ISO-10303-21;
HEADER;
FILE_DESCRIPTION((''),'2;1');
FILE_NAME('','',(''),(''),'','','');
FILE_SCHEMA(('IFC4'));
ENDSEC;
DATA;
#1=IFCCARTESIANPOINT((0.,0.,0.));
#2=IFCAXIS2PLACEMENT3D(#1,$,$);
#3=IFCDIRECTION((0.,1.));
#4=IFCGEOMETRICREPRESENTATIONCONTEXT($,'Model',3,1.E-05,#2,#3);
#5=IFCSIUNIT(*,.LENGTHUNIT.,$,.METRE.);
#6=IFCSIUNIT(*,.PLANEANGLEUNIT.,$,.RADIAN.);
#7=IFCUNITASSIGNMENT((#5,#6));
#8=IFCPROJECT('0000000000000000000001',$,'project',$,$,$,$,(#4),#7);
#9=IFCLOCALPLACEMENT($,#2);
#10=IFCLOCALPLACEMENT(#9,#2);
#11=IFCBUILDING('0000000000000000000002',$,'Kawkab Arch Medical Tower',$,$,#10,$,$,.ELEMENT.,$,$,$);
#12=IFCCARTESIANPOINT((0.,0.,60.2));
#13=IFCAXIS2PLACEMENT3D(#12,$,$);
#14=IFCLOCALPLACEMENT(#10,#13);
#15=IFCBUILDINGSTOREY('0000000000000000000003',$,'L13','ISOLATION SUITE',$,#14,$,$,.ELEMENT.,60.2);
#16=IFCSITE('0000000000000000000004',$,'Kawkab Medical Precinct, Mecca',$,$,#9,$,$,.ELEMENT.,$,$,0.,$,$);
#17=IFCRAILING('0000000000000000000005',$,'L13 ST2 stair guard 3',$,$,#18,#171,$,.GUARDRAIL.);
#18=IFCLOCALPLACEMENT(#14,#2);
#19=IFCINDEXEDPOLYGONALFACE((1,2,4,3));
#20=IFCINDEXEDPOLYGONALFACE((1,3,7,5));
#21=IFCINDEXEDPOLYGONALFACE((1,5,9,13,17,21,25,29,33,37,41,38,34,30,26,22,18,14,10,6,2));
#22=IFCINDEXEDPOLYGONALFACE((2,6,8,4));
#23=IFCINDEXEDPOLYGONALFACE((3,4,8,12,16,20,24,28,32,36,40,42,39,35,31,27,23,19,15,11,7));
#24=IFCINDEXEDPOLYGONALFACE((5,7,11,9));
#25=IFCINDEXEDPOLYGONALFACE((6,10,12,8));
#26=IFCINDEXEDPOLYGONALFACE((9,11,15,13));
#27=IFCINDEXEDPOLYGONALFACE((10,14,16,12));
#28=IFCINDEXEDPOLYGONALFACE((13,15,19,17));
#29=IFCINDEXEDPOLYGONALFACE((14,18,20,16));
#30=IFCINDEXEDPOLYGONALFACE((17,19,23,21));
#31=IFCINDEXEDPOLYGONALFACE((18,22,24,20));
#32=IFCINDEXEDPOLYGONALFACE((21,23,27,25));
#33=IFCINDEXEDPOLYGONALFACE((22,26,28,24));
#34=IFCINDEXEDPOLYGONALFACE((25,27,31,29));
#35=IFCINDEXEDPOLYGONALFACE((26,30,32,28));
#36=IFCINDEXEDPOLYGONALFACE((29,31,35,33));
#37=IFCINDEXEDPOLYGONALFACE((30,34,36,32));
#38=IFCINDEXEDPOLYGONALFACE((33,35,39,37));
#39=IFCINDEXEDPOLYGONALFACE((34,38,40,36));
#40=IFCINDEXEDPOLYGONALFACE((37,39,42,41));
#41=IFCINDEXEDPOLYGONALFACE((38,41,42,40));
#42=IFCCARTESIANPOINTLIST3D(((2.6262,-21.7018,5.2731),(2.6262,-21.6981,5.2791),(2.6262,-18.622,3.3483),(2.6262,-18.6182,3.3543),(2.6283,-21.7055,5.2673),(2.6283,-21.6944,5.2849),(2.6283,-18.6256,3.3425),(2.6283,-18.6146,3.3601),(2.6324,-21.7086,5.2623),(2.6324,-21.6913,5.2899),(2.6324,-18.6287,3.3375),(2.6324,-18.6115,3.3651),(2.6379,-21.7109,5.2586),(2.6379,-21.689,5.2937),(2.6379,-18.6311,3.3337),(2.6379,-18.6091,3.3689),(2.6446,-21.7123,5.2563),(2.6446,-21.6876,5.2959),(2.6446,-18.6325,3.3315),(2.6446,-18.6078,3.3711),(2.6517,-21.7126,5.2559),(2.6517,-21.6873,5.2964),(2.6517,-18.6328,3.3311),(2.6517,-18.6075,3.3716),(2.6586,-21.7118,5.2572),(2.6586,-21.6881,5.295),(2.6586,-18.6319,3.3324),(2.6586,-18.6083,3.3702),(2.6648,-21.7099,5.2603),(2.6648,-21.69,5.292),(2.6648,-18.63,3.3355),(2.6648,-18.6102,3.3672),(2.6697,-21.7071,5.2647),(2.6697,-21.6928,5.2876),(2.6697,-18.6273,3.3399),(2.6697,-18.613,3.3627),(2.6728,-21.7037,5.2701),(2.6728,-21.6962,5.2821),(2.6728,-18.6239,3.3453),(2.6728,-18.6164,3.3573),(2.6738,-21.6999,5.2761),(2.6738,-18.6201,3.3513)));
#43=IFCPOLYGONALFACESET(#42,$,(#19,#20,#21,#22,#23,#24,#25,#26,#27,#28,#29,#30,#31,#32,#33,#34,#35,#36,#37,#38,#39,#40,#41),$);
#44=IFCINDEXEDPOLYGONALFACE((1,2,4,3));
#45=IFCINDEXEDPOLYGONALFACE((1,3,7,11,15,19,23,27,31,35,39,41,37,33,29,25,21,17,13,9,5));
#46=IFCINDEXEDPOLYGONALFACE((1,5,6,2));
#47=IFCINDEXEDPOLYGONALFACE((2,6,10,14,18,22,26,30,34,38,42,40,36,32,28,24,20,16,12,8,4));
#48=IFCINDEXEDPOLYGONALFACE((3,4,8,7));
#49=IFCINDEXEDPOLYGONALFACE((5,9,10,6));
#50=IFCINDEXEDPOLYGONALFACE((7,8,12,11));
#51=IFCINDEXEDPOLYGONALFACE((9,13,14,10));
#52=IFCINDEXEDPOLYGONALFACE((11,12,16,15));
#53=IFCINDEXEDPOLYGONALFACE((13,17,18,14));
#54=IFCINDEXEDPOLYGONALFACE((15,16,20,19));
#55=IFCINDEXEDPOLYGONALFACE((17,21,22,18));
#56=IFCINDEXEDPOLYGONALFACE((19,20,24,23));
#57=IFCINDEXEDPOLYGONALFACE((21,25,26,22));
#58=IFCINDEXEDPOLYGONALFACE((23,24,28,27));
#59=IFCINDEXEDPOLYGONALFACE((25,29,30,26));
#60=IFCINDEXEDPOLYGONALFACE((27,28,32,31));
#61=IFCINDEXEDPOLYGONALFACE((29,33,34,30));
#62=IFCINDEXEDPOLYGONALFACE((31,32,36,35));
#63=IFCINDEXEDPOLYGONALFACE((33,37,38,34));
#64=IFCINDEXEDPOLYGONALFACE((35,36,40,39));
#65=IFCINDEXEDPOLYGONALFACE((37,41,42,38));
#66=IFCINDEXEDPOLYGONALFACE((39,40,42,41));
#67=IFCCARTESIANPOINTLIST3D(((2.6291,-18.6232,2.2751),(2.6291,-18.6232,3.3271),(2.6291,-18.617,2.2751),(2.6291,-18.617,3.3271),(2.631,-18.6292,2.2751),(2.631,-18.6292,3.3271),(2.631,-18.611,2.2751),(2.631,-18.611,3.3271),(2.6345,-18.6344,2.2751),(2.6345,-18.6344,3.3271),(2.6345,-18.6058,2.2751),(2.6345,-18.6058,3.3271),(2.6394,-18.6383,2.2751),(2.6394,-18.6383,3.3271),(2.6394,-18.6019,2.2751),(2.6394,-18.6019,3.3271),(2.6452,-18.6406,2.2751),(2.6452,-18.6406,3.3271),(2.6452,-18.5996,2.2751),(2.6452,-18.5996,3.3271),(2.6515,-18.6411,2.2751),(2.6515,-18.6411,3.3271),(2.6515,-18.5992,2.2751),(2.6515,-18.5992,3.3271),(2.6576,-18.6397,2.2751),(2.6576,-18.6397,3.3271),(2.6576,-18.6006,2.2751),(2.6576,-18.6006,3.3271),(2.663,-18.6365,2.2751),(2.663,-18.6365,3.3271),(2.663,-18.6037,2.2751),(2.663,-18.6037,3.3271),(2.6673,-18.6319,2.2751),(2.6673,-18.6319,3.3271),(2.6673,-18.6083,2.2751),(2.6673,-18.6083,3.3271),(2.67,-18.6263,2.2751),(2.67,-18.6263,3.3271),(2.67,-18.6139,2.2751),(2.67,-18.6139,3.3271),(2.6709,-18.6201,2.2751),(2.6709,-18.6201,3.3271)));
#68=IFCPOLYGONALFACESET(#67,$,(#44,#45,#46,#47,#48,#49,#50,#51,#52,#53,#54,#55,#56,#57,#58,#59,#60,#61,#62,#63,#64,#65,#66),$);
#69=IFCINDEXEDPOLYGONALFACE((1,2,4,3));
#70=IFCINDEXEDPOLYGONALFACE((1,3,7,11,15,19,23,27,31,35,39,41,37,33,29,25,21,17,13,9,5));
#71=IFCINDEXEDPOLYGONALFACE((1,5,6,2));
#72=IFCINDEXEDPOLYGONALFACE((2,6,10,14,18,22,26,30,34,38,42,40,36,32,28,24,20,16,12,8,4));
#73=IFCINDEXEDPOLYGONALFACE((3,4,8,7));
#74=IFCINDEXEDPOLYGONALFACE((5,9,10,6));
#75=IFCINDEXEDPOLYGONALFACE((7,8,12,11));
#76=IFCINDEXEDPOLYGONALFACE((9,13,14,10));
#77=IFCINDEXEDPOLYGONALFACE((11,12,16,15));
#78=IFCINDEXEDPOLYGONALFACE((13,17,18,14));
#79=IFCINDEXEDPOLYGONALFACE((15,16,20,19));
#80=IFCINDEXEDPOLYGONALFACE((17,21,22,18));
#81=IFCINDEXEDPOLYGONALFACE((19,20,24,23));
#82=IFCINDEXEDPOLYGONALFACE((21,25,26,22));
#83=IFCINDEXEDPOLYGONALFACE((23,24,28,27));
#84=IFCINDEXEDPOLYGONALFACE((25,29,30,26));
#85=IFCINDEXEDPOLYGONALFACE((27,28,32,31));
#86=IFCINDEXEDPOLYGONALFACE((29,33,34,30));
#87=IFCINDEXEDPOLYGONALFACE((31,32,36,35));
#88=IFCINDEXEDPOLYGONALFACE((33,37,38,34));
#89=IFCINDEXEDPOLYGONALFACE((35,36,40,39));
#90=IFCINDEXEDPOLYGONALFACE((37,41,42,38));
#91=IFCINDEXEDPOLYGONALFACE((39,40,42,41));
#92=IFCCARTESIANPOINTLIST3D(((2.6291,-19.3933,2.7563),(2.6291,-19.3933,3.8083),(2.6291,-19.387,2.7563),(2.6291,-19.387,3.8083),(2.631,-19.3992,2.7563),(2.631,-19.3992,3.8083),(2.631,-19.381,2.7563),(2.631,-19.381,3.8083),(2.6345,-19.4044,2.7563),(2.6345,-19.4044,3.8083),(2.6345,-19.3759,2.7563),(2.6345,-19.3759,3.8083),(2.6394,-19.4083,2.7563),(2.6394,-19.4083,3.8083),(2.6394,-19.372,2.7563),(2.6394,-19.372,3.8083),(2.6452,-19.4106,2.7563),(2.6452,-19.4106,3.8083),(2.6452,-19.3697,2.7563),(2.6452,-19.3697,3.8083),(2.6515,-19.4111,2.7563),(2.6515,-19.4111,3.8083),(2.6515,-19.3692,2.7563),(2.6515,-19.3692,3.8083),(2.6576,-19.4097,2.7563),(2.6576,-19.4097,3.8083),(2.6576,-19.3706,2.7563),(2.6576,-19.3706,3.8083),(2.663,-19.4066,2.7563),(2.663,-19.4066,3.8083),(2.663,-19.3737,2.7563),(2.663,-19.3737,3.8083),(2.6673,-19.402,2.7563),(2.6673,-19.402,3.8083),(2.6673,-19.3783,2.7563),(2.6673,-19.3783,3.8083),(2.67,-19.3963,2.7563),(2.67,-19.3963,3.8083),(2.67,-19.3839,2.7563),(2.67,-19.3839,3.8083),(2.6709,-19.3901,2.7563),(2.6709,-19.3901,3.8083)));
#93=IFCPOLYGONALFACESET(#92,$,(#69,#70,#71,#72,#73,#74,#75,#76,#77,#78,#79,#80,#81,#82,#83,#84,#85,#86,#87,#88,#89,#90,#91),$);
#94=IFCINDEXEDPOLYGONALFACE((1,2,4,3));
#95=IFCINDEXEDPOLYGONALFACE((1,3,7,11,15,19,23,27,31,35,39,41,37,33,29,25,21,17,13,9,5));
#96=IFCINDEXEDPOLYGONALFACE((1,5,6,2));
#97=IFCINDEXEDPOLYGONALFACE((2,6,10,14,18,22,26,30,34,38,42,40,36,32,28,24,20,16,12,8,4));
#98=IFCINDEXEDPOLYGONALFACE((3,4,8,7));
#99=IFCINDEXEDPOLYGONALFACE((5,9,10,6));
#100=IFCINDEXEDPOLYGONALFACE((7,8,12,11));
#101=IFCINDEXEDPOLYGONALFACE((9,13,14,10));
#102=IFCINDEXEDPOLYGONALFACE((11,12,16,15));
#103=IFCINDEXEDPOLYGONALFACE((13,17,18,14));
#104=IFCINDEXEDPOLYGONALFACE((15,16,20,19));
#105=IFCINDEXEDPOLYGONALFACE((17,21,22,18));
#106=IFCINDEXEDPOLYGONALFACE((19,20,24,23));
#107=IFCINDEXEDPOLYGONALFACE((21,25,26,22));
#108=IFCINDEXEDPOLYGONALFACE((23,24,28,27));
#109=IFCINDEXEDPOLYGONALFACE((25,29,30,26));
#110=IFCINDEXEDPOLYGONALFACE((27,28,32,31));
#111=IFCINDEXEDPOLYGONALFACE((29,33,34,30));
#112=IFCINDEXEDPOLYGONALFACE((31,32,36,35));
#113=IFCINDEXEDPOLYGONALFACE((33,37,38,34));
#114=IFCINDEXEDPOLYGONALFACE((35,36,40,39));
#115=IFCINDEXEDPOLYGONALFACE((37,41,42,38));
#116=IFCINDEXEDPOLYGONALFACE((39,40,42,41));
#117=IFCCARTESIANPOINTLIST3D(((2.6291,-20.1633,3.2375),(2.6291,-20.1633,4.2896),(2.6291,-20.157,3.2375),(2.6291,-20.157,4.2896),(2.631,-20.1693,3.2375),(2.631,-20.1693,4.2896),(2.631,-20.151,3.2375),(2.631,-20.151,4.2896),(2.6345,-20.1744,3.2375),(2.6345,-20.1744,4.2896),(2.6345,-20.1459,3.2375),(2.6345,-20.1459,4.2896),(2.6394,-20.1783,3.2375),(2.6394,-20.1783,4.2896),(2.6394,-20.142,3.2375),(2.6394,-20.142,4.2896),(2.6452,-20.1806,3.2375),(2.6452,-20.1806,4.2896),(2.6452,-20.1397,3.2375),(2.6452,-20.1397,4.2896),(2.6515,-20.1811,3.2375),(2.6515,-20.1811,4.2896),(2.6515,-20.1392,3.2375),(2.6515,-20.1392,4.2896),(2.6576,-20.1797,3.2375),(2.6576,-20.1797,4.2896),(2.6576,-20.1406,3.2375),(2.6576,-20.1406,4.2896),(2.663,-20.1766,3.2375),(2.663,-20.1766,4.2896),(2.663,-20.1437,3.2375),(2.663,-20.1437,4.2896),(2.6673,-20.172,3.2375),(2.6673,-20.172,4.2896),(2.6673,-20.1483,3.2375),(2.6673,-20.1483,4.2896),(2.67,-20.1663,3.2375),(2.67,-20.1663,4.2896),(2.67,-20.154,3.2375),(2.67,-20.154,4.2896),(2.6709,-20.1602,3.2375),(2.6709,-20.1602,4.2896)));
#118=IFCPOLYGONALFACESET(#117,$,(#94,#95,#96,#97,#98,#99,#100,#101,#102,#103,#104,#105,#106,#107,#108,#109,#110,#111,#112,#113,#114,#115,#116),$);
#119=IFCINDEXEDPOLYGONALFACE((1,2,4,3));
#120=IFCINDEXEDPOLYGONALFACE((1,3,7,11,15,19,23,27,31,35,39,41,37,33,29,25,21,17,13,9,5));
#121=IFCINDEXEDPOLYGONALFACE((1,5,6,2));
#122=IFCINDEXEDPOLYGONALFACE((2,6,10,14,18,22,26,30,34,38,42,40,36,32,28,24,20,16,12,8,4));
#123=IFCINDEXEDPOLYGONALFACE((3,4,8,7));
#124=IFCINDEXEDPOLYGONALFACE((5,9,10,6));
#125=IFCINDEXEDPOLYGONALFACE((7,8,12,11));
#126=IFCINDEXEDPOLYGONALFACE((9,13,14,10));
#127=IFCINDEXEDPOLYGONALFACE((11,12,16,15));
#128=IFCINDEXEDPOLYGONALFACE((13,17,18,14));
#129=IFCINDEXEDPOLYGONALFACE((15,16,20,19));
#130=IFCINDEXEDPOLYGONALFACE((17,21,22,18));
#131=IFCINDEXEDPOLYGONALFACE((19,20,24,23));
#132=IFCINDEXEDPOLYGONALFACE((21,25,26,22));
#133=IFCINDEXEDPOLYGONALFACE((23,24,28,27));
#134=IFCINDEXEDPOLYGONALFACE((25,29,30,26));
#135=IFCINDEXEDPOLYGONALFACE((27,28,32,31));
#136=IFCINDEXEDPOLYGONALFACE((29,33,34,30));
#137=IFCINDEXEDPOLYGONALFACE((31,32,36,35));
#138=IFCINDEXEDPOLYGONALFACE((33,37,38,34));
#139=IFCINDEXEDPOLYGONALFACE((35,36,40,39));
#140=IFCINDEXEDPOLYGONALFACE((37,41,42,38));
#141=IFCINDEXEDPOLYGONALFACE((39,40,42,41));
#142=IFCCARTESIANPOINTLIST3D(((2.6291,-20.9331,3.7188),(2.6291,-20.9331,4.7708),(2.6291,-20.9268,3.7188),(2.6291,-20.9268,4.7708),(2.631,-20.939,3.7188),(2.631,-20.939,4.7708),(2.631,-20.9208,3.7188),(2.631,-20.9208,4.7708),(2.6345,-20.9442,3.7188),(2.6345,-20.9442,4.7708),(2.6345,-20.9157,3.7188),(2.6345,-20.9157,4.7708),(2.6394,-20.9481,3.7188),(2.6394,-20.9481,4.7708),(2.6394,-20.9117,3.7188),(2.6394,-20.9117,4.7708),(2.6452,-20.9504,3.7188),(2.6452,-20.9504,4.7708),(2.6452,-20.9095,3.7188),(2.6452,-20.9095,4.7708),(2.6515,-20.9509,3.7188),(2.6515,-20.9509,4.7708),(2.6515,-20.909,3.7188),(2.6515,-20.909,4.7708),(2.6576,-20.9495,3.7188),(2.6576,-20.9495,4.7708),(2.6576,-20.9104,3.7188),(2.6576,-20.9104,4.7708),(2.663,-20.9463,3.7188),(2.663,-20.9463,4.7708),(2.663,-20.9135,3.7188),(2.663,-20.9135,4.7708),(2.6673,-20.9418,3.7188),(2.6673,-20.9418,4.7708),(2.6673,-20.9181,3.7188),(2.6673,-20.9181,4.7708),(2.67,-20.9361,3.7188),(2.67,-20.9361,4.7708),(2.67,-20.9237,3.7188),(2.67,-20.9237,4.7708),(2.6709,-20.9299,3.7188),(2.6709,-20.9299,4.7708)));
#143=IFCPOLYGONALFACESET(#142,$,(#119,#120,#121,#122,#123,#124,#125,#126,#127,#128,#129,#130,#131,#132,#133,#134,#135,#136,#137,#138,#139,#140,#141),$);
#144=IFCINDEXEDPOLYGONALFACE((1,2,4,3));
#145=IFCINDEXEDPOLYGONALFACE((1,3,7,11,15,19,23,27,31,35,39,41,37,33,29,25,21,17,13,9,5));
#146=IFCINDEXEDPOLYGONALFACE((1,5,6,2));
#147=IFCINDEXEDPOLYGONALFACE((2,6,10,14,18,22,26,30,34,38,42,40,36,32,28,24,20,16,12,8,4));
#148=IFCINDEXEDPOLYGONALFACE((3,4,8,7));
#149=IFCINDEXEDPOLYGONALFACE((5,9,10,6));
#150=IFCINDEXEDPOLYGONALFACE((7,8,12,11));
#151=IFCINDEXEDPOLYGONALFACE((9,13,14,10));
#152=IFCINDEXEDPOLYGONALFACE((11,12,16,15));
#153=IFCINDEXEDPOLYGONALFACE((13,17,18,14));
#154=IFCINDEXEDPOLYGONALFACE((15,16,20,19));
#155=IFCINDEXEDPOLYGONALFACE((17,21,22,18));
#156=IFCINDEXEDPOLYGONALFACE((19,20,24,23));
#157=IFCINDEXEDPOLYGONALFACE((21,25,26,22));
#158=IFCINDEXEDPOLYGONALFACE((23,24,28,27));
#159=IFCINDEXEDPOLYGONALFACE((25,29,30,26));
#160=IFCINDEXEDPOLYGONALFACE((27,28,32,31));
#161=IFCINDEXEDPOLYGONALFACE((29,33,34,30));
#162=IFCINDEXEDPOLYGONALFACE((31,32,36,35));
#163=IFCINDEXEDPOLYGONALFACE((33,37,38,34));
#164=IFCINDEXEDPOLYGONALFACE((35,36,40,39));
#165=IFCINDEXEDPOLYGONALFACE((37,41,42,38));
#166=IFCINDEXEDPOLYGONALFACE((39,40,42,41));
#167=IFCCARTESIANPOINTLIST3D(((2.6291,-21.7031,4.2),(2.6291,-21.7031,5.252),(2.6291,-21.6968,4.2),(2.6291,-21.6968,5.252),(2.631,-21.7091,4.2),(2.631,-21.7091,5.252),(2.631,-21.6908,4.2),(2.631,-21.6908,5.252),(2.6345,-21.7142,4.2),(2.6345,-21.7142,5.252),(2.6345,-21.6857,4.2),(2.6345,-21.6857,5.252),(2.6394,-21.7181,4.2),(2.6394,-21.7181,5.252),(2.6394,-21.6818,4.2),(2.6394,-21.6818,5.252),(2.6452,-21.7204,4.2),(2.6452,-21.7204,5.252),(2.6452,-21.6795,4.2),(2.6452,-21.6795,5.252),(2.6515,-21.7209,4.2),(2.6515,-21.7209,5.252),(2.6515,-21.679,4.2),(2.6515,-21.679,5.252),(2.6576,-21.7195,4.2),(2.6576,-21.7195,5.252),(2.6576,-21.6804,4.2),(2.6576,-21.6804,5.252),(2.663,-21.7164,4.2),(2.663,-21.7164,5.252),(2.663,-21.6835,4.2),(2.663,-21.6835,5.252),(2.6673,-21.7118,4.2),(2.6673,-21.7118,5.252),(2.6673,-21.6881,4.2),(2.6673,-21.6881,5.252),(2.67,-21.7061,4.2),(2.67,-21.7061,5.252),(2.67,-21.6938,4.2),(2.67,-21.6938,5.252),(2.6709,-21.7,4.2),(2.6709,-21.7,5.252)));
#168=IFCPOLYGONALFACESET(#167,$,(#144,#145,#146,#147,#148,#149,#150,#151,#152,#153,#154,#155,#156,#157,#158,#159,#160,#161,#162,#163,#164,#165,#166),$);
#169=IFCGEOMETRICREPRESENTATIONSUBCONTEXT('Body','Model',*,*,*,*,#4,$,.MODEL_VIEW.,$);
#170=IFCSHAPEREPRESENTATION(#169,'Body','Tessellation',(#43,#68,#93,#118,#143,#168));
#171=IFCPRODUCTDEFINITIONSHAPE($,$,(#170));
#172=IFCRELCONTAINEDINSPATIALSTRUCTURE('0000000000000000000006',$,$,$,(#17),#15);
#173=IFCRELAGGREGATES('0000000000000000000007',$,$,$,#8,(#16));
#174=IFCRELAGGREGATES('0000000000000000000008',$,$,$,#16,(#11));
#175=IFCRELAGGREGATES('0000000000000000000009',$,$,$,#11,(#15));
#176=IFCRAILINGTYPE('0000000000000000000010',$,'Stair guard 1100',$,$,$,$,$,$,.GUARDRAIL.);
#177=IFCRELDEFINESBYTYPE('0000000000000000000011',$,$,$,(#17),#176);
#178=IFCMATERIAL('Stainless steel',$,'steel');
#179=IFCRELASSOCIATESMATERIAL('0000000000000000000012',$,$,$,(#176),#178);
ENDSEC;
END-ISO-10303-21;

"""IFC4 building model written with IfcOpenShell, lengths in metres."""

from ifc_helpers import new_model, si_unit, direction, frame, origin, origin_2d, place, context, subcontext, project, spatial, circle, extrude, material, type_object, element, save


model = new_model("IFC4")

# Units and contexts
model_context = context("Model", 3, precision=1e-05, world=origin(), true_north=direction((0.0, 1.0)))
body_context = subcontext(model_context, "Body", "Model", "MODEL_VIEW")
ifc_project = project(units=[si_unit("LENGTHUNIT", "METRE"), si_unit("PLANEANGLEUNIT", "RADIAN")], contexts=[model_context])

# Site, building, storey
site_placement = place(None, origin())
site = spatial("IfcSite", under=ifc_project, at=site_placement, Name="Kawkab Medical Precinct, Mecca", CompositionType="ELEMENT", RefElevation=0.0)
building_placement = place(site_placement, origin())
building = spatial("IfcBuilding", under=site, at=building_placement, Name="Kawkab Arch Medical Tower", CompositionType="ELEMENT")
storey_placement = place(building_placement, frame((0.0, 0.0, 60.2)))
storey = spatial("IfcBuildingStorey", under=building, at=storey_placement, Name="L13", Description="ISOLATION SUITE", CompositionType="ELEMENT", Elevation=60.2)

# Railing
ifc_material_1 = material(Name="Stainless steel", Category="steel")
railing_type_1 = type_object("IfcRailingType", Name="Stair guard 1100", PredefinedType="GUARDRAIL", material=ifc_material_1)
railing_1_placement = place(storey_placement, frame((2.6499, -18.6201, 2.2751)))
element("IfcRailing", 1, at=railing_1_placement, inside=storey, type_object=railing_type_1, Name="L13 ST2 stair guard 3", PredefinedType="GUARDRAIL", context=body_context, shape_type="SweptSolid", body=[
    extrude(circle(Radius=0.0239, at=origin_2d()), frame((0.0, 0.0, 1.0762), z_axis=(0.0, -0.84801, 0.529981), x_axis=(1.0, 0.0, 0.0)), (0.0, 0.0, 1.0), 3.6318),
    extrude(circle(Radius=0.021, at=origin_2d()), origin(), (0.0, 0.0, 1.0), 1.052),
    extrude(circle(Radius=0.021, at=origin_2d()), frame((0.0, -0.77, 0.4812)), (0.0, 0.0, 1.0), 1.052),
    extrude(circle(Radius=0.021, at=origin_2d()), frame((0.0, -1.54, 0.9624)), (0.0, 0.0, 1.0), 1.052),
    extrude(circle(Radius=0.021, at=origin_2d()), frame((0.0, -2.3098, 1.4436)), (0.0, 0.0, 1.0), 1.052),
    extrude(circle(Radius=0.021, at=origin_2d()), frame((0.0, -3.0798, 1.9248)), (0.0, 0.0, 1.0), 1.052),
])

save(model, "model.ifc")
